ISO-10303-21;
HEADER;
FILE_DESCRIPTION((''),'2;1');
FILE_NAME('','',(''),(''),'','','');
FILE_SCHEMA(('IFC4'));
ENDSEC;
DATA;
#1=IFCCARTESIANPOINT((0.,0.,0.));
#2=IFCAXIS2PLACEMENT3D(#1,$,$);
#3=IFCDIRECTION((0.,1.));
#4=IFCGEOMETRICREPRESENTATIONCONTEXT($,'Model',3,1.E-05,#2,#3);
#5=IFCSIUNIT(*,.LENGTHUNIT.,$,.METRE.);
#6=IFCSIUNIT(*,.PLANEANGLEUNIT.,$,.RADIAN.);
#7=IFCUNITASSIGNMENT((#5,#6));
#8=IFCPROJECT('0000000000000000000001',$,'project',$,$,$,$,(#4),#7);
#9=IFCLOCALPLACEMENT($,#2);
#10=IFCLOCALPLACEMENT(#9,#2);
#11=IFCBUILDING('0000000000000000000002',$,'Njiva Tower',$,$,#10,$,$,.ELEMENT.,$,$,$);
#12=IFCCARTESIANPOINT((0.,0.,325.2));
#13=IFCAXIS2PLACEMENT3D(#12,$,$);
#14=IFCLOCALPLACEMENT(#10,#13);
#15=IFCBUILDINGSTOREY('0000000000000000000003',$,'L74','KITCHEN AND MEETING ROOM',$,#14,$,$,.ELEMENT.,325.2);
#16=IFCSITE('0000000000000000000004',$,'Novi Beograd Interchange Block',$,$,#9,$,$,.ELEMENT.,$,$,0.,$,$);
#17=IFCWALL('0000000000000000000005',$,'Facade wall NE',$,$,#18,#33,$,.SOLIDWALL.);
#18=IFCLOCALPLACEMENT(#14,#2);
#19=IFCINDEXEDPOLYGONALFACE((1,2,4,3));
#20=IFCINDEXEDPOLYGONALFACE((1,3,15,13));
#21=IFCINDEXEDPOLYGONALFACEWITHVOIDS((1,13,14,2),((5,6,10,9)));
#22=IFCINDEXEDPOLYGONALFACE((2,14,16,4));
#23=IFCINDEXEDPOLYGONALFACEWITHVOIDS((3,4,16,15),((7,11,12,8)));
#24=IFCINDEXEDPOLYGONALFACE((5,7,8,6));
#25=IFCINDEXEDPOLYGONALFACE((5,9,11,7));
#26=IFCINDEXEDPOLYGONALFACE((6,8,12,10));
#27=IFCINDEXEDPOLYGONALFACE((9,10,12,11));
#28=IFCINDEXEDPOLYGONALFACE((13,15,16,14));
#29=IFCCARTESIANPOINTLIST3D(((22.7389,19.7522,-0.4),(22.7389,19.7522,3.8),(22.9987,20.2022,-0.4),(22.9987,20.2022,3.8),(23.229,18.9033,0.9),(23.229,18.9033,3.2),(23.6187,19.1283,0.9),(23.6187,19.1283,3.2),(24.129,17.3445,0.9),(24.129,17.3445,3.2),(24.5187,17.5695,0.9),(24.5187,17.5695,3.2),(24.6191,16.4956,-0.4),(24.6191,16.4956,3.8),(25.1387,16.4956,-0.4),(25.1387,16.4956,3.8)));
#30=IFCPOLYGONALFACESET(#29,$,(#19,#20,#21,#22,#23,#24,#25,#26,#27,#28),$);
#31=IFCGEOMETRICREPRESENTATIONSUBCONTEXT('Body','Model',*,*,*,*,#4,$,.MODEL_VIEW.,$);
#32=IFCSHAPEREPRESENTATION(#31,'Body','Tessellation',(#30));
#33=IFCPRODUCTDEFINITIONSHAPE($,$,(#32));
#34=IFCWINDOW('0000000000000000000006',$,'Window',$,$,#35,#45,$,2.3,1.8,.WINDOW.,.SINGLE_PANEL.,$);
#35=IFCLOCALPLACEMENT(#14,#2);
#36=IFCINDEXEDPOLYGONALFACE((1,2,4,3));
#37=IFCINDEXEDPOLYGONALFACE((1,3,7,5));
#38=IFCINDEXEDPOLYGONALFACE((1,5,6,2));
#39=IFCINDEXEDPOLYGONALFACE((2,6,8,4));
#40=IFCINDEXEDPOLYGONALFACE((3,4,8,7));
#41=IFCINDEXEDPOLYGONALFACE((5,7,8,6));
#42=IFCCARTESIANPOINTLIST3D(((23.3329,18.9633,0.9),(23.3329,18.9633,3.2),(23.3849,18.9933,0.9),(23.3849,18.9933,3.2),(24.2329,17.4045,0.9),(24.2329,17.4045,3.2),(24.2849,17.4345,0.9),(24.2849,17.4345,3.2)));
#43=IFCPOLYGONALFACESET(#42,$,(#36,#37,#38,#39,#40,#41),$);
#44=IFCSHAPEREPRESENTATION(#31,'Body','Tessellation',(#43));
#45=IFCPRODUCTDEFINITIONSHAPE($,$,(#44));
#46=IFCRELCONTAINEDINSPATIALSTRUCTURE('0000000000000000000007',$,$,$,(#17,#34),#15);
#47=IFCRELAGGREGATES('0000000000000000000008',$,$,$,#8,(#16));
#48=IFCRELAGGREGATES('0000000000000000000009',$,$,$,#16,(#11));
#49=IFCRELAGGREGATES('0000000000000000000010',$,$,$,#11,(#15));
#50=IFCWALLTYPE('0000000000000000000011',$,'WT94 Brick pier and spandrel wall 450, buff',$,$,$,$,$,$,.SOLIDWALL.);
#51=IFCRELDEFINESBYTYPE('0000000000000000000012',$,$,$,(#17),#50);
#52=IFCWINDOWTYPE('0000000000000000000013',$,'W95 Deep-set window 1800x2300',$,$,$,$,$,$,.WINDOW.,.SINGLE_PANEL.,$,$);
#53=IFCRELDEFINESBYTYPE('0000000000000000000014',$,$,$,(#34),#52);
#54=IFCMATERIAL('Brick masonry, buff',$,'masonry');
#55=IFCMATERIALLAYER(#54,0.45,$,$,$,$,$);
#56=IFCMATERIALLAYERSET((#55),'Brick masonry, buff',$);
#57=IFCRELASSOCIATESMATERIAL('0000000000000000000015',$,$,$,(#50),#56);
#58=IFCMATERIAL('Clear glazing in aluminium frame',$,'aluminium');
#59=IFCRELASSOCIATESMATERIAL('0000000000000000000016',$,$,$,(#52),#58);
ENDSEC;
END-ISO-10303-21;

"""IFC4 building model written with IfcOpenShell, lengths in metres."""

from ifc_helpers import new_model, si_unit, direction, frame, frame_2d, origin, place, context, subcontext, project, spatial, polyline, rectangle, outline, extrude, material, layer, layer_set, type_object, element, fill, save


model = new_model("IFC4")

# Units and contexts
model_context = context("Model", 3, precision=1e-05, world=origin(), true_north=direction((0.0, 1.0)))
body_context = subcontext(model_context, "Body", "Model", "MODEL_VIEW")
ifc_project = project(units=[si_unit("LENGTHUNIT", "METRE"), si_unit("PLANEANGLEUNIT", "RADIAN")], contexts=[model_context])

# Site, building, storey
site_placement = place(None, origin())
site = spatial("IfcSite", under=ifc_project, at=site_placement, Name="Novi Beograd Interchange Block", CompositionType="ELEMENT", RefElevation=0.0)
building_placement = place(site_placement, origin())
building = spatial("IfcBuilding", under=site, at=building_placement, Name="Njiva Tower", CompositionType="ELEMENT")
storey_placement = place(building_placement, frame((0.0, 0.0, 325.2)))
storey = spatial("IfcBuildingStorey", under=building, at=storey_placement, Name="L74", Description="KITCHEN AND MEETING ROOM", CompositionType="ELEMENT", Elevation=325.2)

# Shared definitions
ifc_material_1 = material(Name="Clear glazing in aluminium frame", Category="aluminium")

# Wall, opening, window
ifc_material_2 = material(Name="Brick masonry, buff", Category="masonry")
ifc_layer_1 = layer(ifc_material_2, 0.45)
ifc_layer_set_1 = layer_set([ifc_layer_1], Name="Brick masonry, buff")
wall_type_1 = type_object("IfcWallType", Name="WT94 Brick pier and spandrel wall 450, buff", PredefinedType="SOLIDWALL", material=ifc_layer_set_1)
wall_1_placement = place(storey_placement, frame((24.8789, 16.4956, -0.4), z_axis=(0.0, 0.0, 1.0), x_axis=(-0.499999, 0.866026, 0.0)))
wall_1 = element("IfcWall", 1, at=wall_1_placement, inside=storey, type_object=wall_type_1, Name="Facade wall NE", PredefinedType="SOLIDWALL", context=body_context, shape_type="SweptSolid", body=[
    extrude(outline(polyline([(-0.1299, -0.225), (4.1501, -0.225), (3.8903, 0.225), (0.1299, 0.225), (-0.1299, -0.225)])), origin(), (0.0, 0.0, 1.0), 4.2),
])
opening_1_placement = place(wall_1_placement, frame((1.1101, 0.0, 1.3)))
opening_1 = element("IfcOpeningElement", 2, at=opening_1_placement, cuts=wall_1, PredefinedType="OPENING", context=body_context, shape_type="SweptSolid", body=[
    extrude(rectangle(XDim=1.8, YDim=2.3, at=frame_2d((0.9, 1.15))), frame((0.0, 0.235, 0.0), z_axis=(0.0, -1.0, 0.0), x_axis=(1.0, 0.0, 0.0)), (0.0, 0.0, 1.0), 0.47),
])
window_type_1 = type_object("IfcWindowType", Name="W95 Deep-set window 1800x2300", PartitioningType="SINGLE_PANEL", PredefinedType="WINDOW", material=ifc_material_1)
window_1_placement = place(opening_1_placement, origin())
window_1 = element("IfcWindow", 3, at=window_1_placement, inside=storey, type_object=window_type_1, Name="Window", OverallHeight=2.3, OverallWidth=1.8, PartitioningType="SINGLE_PANEL", PredefinedType="WINDOW", context=body_context, shape_type="SweptSolid", body=[
    extrude(rectangle(XDim=1.8, YDim=2.3, at=frame_2d((0.9, 1.15))), frame((0.0, 0.105, 0.0), z_axis=(0.0, -1.0, 0.0), x_axis=(1.0, 0.0, 0.0)), (0.0, 0.0, 1.0), 0.06),
])
fill(opening_1, window_1)

save(model, "model.ifc")
